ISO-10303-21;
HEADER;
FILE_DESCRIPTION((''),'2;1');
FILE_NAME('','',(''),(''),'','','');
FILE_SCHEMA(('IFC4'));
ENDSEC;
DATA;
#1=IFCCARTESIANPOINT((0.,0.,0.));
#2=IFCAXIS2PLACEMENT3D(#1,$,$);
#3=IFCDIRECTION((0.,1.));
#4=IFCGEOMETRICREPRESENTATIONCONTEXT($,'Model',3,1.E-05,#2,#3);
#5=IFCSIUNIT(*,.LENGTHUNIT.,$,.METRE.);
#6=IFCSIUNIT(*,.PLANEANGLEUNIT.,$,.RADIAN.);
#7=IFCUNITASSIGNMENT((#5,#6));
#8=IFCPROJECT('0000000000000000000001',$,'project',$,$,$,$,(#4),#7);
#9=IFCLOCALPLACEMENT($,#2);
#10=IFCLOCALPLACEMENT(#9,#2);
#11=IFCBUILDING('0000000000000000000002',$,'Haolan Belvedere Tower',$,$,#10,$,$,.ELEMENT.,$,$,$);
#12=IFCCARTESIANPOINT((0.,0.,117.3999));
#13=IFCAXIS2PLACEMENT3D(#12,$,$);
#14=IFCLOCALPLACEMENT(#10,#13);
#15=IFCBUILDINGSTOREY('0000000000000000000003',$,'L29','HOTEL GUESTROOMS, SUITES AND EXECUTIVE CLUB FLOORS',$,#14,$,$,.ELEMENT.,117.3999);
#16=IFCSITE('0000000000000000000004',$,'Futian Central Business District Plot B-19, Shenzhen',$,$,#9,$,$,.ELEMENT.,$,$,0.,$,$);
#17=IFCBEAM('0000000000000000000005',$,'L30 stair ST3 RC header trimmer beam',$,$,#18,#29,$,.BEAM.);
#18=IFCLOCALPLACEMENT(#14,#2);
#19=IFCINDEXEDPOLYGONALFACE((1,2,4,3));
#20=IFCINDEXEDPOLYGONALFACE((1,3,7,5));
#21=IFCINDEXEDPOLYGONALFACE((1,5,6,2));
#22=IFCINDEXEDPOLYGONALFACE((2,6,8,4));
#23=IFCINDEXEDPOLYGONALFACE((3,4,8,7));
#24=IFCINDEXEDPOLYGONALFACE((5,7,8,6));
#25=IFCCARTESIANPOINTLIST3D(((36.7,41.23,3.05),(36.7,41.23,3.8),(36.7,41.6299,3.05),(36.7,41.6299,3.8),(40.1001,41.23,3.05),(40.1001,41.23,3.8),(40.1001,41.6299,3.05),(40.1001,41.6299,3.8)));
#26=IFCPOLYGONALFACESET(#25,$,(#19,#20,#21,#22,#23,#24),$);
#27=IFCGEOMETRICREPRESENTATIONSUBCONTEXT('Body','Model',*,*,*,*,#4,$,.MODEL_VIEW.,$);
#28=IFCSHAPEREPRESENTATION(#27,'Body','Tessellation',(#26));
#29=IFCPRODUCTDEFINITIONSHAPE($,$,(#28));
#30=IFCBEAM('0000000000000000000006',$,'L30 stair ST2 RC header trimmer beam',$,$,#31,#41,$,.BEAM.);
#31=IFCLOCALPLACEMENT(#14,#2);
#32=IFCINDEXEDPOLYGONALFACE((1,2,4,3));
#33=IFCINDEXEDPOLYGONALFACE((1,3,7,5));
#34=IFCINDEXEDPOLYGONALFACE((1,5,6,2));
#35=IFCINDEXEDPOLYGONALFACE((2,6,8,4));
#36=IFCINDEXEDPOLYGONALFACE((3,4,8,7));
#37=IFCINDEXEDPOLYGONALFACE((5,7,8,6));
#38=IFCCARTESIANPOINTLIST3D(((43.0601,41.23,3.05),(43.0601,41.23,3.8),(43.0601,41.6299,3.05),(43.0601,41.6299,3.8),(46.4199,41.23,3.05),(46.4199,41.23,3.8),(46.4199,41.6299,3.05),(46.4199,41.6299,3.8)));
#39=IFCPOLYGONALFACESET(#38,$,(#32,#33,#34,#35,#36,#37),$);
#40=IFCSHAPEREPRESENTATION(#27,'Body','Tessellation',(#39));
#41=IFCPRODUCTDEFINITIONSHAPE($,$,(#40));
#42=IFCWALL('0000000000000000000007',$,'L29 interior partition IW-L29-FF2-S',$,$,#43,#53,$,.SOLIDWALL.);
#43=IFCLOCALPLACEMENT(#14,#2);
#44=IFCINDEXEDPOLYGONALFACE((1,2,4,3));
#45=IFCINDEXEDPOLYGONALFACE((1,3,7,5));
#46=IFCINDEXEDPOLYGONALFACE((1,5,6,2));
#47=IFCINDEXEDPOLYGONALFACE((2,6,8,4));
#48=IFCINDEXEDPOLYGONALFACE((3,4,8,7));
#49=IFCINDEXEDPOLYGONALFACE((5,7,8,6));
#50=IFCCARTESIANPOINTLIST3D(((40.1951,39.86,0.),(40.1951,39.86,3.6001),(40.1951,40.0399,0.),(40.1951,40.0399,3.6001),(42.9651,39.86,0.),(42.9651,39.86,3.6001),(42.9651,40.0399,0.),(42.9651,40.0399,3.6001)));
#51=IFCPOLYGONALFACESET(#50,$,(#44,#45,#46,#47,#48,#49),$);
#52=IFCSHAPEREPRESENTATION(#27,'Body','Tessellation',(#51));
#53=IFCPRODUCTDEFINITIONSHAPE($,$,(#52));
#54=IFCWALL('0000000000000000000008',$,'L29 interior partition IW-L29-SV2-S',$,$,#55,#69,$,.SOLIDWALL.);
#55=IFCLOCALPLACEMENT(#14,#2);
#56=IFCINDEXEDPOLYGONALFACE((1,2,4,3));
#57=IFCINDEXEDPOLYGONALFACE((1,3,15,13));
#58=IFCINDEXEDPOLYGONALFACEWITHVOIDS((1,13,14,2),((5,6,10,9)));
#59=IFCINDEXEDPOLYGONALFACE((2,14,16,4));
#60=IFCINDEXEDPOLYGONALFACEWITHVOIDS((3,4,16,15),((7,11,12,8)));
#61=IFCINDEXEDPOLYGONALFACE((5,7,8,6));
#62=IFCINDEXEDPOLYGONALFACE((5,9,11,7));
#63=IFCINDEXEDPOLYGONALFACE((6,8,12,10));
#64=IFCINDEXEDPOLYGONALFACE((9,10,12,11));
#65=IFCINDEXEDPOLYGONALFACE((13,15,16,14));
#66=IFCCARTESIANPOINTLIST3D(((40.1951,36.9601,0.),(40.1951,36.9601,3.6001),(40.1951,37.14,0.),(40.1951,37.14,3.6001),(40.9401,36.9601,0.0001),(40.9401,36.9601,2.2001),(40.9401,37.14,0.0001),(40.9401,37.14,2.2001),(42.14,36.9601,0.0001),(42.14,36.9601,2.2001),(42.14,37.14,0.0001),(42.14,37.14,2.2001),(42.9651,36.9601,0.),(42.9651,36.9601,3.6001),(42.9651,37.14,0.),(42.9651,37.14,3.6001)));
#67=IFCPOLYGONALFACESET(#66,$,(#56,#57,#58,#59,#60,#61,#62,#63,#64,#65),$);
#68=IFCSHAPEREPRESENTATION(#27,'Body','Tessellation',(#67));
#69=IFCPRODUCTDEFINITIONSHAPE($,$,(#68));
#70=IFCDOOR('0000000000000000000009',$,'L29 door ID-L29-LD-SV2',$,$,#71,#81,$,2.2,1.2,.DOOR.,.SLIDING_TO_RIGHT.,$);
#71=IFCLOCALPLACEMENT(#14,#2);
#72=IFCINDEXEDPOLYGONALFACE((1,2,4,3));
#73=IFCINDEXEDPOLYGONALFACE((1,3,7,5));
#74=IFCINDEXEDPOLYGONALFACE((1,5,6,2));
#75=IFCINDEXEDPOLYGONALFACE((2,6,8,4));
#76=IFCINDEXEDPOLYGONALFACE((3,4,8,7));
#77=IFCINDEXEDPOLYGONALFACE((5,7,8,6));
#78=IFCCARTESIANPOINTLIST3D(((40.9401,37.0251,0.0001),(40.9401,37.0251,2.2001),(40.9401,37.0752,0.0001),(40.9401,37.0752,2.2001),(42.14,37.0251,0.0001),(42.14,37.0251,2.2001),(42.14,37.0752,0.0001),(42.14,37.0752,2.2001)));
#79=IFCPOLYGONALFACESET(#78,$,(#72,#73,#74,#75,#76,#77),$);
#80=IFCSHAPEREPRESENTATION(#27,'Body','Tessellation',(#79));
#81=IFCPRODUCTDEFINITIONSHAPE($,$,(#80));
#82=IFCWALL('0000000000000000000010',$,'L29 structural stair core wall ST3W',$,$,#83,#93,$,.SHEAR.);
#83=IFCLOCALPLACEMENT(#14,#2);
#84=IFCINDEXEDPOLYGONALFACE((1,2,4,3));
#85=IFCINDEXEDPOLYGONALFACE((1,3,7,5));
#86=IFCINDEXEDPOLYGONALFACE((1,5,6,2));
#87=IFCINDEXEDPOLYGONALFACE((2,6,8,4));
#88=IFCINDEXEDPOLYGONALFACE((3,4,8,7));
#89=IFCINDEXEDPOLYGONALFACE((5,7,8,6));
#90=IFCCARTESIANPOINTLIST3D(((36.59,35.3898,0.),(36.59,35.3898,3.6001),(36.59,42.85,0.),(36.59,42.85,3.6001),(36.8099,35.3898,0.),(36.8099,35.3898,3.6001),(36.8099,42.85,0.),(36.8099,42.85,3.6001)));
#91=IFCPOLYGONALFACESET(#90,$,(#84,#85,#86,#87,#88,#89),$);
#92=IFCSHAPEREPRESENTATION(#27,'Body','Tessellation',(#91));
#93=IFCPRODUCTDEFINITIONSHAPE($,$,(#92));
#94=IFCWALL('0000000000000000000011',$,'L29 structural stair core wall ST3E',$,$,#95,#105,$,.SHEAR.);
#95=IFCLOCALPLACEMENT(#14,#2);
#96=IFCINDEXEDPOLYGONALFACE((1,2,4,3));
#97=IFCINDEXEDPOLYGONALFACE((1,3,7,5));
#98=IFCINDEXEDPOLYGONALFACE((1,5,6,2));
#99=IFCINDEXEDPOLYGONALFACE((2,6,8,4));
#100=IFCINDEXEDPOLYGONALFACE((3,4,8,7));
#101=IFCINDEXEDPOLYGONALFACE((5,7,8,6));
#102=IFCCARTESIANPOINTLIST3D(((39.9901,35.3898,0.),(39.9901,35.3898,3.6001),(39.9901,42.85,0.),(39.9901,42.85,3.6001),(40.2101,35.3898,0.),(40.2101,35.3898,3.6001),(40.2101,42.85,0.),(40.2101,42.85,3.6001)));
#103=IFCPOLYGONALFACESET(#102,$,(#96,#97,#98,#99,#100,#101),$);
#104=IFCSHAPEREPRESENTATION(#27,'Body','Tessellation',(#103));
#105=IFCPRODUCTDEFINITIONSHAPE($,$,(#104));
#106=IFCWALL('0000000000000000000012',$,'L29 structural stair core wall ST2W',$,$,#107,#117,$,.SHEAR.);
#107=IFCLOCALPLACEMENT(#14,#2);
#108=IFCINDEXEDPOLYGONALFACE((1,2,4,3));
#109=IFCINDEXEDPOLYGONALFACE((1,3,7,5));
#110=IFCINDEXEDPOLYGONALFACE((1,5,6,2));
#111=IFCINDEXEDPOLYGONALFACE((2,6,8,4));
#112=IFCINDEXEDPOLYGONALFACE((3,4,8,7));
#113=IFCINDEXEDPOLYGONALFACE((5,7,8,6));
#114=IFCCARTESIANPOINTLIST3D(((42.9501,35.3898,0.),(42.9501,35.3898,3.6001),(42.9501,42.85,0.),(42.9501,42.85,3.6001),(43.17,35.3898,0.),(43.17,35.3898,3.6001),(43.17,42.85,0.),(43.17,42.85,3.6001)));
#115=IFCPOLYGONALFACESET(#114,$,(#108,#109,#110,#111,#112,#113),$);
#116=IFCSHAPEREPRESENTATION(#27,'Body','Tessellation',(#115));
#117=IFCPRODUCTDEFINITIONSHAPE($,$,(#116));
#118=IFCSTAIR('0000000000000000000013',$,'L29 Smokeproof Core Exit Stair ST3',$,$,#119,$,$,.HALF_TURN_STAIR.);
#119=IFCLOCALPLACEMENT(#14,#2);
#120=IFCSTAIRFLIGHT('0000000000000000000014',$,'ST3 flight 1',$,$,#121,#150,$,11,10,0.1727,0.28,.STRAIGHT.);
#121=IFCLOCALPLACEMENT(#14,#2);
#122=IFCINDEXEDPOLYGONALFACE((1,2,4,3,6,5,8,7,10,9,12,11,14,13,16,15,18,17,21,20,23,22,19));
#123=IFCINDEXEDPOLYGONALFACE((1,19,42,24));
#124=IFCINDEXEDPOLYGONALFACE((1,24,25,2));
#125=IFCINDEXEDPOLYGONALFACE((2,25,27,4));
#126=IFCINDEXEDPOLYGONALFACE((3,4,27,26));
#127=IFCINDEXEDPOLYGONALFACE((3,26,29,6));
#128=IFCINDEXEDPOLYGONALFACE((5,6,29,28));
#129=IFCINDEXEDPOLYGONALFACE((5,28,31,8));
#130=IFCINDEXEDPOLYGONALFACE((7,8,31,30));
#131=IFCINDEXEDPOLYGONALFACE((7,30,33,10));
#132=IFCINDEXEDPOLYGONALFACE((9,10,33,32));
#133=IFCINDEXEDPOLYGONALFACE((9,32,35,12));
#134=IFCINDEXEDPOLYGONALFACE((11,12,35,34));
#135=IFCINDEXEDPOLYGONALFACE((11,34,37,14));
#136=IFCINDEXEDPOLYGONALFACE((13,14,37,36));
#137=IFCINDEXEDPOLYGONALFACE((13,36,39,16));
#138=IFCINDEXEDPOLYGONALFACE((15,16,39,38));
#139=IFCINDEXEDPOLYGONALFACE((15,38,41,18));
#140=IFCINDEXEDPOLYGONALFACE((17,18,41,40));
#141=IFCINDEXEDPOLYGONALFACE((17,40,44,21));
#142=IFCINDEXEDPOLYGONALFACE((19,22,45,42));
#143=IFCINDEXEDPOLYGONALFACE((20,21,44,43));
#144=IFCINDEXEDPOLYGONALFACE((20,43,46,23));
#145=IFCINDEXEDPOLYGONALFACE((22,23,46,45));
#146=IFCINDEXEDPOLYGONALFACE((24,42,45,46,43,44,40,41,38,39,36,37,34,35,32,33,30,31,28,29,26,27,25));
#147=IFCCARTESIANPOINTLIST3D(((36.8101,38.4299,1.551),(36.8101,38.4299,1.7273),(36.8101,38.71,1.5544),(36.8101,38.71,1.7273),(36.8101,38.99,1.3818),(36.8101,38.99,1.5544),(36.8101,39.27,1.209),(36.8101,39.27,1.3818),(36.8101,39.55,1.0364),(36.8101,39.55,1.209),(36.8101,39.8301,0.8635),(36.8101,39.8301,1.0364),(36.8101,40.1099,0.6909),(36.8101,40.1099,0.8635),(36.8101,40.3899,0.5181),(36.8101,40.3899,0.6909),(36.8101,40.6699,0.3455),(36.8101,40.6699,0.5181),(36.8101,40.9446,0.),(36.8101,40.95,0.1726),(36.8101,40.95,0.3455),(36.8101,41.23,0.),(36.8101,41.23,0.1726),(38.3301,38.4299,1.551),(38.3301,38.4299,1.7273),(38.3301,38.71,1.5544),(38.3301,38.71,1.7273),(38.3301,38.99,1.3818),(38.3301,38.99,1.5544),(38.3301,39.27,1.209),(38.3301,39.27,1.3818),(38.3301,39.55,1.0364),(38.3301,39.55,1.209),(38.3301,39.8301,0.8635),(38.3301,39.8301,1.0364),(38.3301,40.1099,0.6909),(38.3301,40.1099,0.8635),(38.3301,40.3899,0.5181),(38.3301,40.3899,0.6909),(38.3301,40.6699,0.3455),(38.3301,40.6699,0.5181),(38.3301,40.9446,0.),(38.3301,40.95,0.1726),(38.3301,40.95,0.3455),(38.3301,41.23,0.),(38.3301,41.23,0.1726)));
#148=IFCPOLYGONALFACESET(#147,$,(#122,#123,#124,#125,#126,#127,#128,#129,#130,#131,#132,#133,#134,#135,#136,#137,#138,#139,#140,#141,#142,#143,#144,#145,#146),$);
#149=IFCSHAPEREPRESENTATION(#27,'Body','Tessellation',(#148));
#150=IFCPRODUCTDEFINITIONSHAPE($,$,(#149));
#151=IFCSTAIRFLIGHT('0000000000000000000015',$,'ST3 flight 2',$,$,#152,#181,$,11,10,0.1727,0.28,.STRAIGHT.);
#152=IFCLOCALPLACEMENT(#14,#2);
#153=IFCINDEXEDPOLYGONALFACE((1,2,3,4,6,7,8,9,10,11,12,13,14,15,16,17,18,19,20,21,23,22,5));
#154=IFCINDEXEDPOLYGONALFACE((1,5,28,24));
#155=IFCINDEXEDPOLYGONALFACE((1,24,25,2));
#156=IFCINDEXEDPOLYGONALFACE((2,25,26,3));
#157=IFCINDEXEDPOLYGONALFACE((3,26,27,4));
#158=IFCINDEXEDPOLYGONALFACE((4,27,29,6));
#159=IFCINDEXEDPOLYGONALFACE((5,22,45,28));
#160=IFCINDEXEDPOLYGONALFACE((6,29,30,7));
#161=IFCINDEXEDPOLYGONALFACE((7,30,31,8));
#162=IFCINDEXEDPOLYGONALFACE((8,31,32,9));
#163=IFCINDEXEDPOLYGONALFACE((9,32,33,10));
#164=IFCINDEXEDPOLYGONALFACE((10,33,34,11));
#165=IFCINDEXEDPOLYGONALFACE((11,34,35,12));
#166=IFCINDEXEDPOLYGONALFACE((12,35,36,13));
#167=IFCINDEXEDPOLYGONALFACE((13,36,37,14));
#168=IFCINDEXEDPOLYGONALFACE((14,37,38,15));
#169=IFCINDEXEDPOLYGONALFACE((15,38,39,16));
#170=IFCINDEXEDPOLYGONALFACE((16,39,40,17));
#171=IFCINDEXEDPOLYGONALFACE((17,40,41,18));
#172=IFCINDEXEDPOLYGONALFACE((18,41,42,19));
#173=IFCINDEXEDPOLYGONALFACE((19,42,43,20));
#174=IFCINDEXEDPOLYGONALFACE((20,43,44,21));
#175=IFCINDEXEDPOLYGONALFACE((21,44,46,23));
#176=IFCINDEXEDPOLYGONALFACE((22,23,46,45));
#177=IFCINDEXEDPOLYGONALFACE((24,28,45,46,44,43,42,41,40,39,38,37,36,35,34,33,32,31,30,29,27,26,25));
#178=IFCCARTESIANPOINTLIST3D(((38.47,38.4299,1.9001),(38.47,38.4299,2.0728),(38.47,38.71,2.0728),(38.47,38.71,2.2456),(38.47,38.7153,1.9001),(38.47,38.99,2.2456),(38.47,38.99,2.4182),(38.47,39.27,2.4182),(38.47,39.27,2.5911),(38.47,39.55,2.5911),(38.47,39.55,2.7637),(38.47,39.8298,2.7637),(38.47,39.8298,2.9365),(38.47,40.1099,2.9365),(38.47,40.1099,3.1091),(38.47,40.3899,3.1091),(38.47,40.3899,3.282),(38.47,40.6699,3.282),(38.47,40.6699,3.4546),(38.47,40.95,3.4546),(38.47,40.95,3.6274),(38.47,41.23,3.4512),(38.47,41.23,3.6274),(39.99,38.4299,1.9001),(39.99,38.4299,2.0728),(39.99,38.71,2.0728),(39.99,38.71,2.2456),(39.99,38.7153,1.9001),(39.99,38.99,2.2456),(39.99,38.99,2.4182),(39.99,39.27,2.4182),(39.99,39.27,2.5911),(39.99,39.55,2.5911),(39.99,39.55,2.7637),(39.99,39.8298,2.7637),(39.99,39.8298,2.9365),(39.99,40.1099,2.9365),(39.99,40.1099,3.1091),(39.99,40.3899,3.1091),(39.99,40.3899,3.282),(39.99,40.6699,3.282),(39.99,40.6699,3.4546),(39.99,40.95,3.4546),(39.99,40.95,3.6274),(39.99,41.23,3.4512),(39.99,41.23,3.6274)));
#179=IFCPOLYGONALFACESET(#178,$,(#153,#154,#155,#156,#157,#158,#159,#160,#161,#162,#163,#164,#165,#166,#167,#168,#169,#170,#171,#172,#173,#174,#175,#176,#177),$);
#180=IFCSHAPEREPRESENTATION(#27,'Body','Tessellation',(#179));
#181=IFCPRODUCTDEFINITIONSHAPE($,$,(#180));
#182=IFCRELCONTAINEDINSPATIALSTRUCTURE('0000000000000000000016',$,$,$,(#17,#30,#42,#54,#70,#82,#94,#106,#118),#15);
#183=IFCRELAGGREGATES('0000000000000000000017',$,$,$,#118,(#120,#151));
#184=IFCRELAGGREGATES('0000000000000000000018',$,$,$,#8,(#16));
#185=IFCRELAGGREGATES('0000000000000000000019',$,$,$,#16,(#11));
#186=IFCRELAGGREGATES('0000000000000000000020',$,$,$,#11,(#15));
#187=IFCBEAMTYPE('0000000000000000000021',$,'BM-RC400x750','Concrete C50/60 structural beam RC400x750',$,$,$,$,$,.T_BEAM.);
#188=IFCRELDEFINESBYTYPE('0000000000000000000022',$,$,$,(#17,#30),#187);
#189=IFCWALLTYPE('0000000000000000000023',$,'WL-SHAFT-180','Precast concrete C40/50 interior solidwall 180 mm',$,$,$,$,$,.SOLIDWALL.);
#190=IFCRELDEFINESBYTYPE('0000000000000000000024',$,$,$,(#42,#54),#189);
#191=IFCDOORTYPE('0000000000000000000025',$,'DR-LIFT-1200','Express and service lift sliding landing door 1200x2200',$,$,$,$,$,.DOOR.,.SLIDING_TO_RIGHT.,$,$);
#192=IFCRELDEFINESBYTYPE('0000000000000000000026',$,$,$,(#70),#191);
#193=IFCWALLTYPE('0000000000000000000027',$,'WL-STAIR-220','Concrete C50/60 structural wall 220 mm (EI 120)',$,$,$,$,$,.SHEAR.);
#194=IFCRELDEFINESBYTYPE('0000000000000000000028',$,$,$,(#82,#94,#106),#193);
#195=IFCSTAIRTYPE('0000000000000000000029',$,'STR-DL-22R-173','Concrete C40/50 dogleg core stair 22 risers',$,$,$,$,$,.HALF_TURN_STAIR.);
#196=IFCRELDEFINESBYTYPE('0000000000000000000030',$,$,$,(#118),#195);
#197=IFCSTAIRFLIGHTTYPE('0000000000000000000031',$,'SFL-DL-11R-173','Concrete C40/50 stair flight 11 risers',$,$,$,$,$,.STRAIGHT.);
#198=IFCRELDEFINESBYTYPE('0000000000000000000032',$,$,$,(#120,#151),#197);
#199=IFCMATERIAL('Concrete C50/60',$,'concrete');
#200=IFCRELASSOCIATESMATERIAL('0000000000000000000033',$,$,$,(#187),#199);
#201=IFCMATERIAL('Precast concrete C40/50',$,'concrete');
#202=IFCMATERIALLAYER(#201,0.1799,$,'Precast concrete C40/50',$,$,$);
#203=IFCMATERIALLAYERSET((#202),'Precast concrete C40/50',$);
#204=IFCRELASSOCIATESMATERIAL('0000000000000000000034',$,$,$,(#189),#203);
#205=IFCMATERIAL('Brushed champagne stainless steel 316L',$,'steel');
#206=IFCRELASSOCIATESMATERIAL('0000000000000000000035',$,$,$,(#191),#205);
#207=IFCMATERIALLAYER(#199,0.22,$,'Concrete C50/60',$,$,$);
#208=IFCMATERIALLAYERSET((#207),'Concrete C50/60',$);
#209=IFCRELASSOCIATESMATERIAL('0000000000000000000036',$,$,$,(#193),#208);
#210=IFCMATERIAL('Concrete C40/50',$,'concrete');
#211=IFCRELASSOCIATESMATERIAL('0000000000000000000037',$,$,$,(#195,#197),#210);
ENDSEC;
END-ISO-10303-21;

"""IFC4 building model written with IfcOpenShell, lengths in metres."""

from ifc_helpers import new_model, si_unit, direction, frame, frame_2d, origin, origin_2d, place, context, subcontext, project, spatial, polyline, rectangle, outline, extrude, material, layer, layer_set, material_profile, profile_set, type_object, element, fill, aggregate, save


model = new_model("IFC4")

# Units and contexts
model_context = context("Model", 3, precision=1e-05, world=origin(), true_north=direction((0.0, 1.0)))
body_context = subcontext(model_context, "Body", "Model", "MODEL_VIEW")
ifc_project = project(units=[si_unit("LENGTHUNIT", "METRE"), si_unit("PLANEANGLEUNIT", "RADIAN")], contexts=[model_context])

# Site, building, storey
site_placement = place(None, origin())
site = spatial("IfcSite", under=ifc_project, at=site_placement, Name="Futian Central Business District Plot B-19, Shenzhen", CompositionType="ELEMENT", RefElevation=0.0)
building_placement = place(site_placement, origin())
building = spatial("IfcBuilding", under=site, at=building_placement, Name="Haolan Belvedere Tower", CompositionType="ELEMENT")
storey_placement = place(building_placement, frame((0.0, 0.0, 117.3999)))
storey = spatial("IfcBuildingStorey", under=building, at=storey_placement, Name="L29", Description="HOTEL GUESTROOMS, SUITES AND EXECUTIVE CLUB FLOORS", CompositionType="ELEMENT", Elevation=117.3999)

# Beams
ifc_material_1 = material(Name="Concrete C50/60", Category="concrete")
ifc_material_profile = material_profile(ifc_material_1, rectangle(XDim=0.3999, YDim=0.75, at=origin_2d()), Name="Concrete C50/60")
ifc_profile_set = profile_set([ifc_material_profile], Name="Concrete C50/60")
beam_type = type_object("IfcBeamType", Name="BM-RC400x750", Description="Concrete C50/60 structural beam RC400x750", PredefinedType="T_BEAM", material=ifc_profile_set)
beam_1_placement = place(storey_placement, frame((36.7, 41.4299, 3.425), z_axis=(1.0, 0.0, 0.0), x_axis=(0.0, 1.0, 0.0)))
element("IfcBeam", 1, at=beam_1_placement, inside=storey, type_object=beam_type, Name="L30 stair ST3 RC header trimmer beam", PredefinedType="BEAM", context=body_context, shape_type="SweptSolid", body=[
    extrude(rectangle(XDim=0.3999, YDim=0.75, at=origin_2d()), origin(), (0.0, 0.0, 1.0), 3.4001),
])
beam_2_placement = place(storey_placement, frame((43.0601, 41.4299, 3.425), z_axis=(1.0, 0.0, 0.0), x_axis=(0.0, 1.0, 0.0)))
element("IfcBeam", 2, at=beam_2_placement, inside=storey, type_object=beam_type, Name="L30 stair ST2 RC header trimmer beam", PredefinedType="BEAM", context=body_context, shape_type="SweptSolid", body=[
    extrude(rectangle(XDim=0.3999, YDim=0.75, at=origin_2d()), origin(), (0.0, 0.0, 1.0), 3.3599),
])

# Wall
ifc_material_2 = material(Name="Precast concrete C40/50", Category="concrete")
ifc_layer_1 = layer(ifc_material_2, 0.1799, Name="Precast concrete C40/50")
ifc_layer_set_1 = layer_set([ifc_layer_1], Name="Precast concrete C40/50")
wall_type_1 = type_object("IfcWallType", Name="WL-SHAFT-180", Description="Precast concrete C40/50 interior solidwall 180 mm", PredefinedType="SOLIDWALL", material=ifc_layer_set_1)
wall_1_placement = place(storey_placement, frame((40.1951, 39.95, 0.0), z_axis=(0.0, 0.0, 1.0), x_axis=(1.0, 0.0, 0.0)))
element("IfcWall", 3, at=wall_1_placement, inside=storey, type_object=wall_type_1, Name="L29 interior partition IW-L29-FF2-S", PredefinedType="SOLIDWALL", context=body_context, shape_type="SweptSolid", body=[
    extrude(rectangle(XDim=2.77, YDim=0.1799, at=frame_2d((1.385, 0.0))), origin(), (0.0, 0.0, 1.0), 3.6001),
])

# Wall, opening, door
wall_2_placement = place(storey_placement, frame((40.1951, 37.05, 0.0), z_axis=(0.0, 0.0, 1.0), x_axis=(1.0, 0.0, 0.0)))
wall_2 = element("IfcWall", 4, at=wall_2_placement, inside=storey, type_object=wall_type_1, Name="L29 interior partition IW-L29-SV2-S", PredefinedType="SOLIDWALL", context=body_context, shape_type="SweptSolid", body=[
    extrude(rectangle(XDim=2.77, YDim=0.1799, at=frame_2d((1.385, 0.0))), origin(), (0.0, 0.0, 1.0), 3.6001),
])
opening_placement = place(wall_2_placement, frame((1.9451, 0.0, 0.0), z_axis=(0.0, 0.0, 1.0), x_axis=(-1.0, 0.0, 0.0)))
opening = element("IfcOpeningElement", 5, at=opening_placement, cuts=wall_2, PredefinedType="OPENING", context=body_context, shape_type="SweptSolid", body=[
    extrude(rectangle(XDim=1.2, YDim=2.2, at=frame_2d((0.6001, 1.1001))), frame((0.0, 0.0999, 0.0), z_axis=(0.0, -1.0, 0.0), x_axis=(1.0, 0.0, 0.0)), (0.0, 0.0, 1.0), 0.2),
])
ifc_material_3 = material(Name="Brushed champagne stainless steel 316L", Category="steel")
door_type = type_object("IfcDoorType", Name="DR-LIFT-1200", Description="Express and service lift sliding landing door 1200x2200", OperationType="SLIDING_TO_RIGHT", PredefinedType="DOOR", material=ifc_material_3)
door_placement = place(opening_placement, origin())
door = element("IfcDoor", 6, at=door_placement, inside=storey, type_object=door_type, Name="L29 door ID-L29-LD-SV2", OperationType="SLIDING_TO_RIGHT", OverallHeight=2.2, OverallWidth=1.2, PredefinedType="DOOR", context=body_context, shape_type="SweptSolid", body=[
    extrude(rectangle(XDim=1.2, YDim=2.2, at=frame_2d((0.6001, 1.1001))), frame((0.0, 0.0249, 0.0), z_axis=(0.0, -1.0, 0.0), x_axis=(1.0, 0.0, 0.0)), (0.0, 0.0, 1.0), 0.05),
])
fill(opening, door)

# Walls
ifc_layer_2 = layer(ifc_material_1, 0.22, Name="Concrete C50/60")
ifc_layer_set_2 = layer_set([ifc_layer_2], Name="Concrete C50/60")
wall_type_2 = type_object("IfcWallType", Name="WL-STAIR-220", Description="Concrete C50/60 structural wall 220 mm (EI 120)", PredefinedType="SHEAR", material=ifc_layer_set_2)
for number, where, z_axis, x_axis, name in (
    (7, (36.7, 35.3899, 0.0), (0.0, 0.0, 1.0), (0.0, 1.0, 0.0), "L29 structural stair core wall ST3W"),
    (8, (40.1001, 35.3899, 0.0), (0.0, 0.0, 1.0), (0.0, 1.0, 0.0), "L29 structural stair core wall ST3E"),
    (9, (43.0601, 35.3899, 0.0), (0.0, 0.0, 1.0), (0.0, 1.0, 0.0), "L29 structural stair core wall ST2W"),
):
    element("IfcWall", number, at=place(storey_placement, frame(where, z_axis=z_axis, x_axis=x_axis)), inside=storey, type_object=wall_type_2, Name=name, PredefinedType="SHEAR", context=body_context, shape_type="SweptSolid", body=[
        extrude(rectangle(XDim=7.4602, YDim=0.22, at=frame_2d((3.73, 0.0))), origin(), (0.0, 0.0, 1.0), 3.6001),
    ])

# Stair, stair flights
ifc_material_4 = material(Name="Concrete C40/50", Category="concrete")
stair_type = type_object("IfcStairType", Name="STR-DL-22R-173", Description="Concrete C40/50 dogleg core stair 22 risers", PredefinedType="HALF_TURN_STAIR", material=ifc_material_4)
stair_1_placement = place(storey_placement, origin())
stair_1 = element("IfcStair", 10, at=stair_1_placement, inside=storey, type_object=stair_type, Name="L29 Smokeproof Core Exit Stair ST3", PredefinedType="HALF_TURN_STAIR")
stair_flight_type = type_object("IfcStairFlightType", Name="SFL-DL-11R-173", Description="Concrete C40/50 stair flight 11 risers", PredefinedType="STRAIGHT", material=ifc_material_4)
stair_flight_1_placement = place(storey_placement, frame((37.5701, 41.23, 0.0), z_axis=(0.0, 0.0, 1.0), x_axis=(0.0, -1.0, 0.0)))
stair_flight_1 = element("IfcStairFlight", 11, at=stair_flight_1_placement, type_object=stair_flight_type, Name="ST3 flight 1", NumberOfRisers=11, NumberOfTreads=10, PredefinedType="STRAIGHT", RiserHeight=0.1727, TreadLength=0.28, context=body_context, shape_type="SweptSolid", body=[
    extrude(outline(polyline([(0.0, 0.0), (0.0, 0.1726), (0.28, 0.1726), (0.28, 0.3455), (0.5601, 0.3455), (0.5601, 0.5181), (0.8401, 0.5181), (0.8401, 0.6909), (1.1201, 0.6909), (1.1201, 0.8635), (1.3999, 0.8635), (1.3999, 1.0364), (1.6799, 1.0364), (1.6799, 1.209), (1.96, 1.209), (1.96, 1.3818), (2.24, 1.3818), (2.24, 1.5544), (2.52, 1.5544), (2.52, 1.7273), (2.8, 1.7273), (2.8, 1.8999), (2.8, 1.551), (0.2854, 0.0), (0.0, 0.0)])), frame((0.0, 0.76, 0.0), z_axis=(0.0, -1.0, 0.0), x_axis=(1.0, 0.0, 0.0)), (0.0, 0.0, 1.0), 1.52),
])
stair_flight_2_placement = place(storey_placement, frame((39.23, 38.4299, 1.9001), z_axis=(0.0, 0.0, 1.0), x_axis=(0.0, 1.0, 0.0)))
stair_flight_2 = element("IfcStairFlight", 12, at=stair_flight_2_placement, type_object=stair_flight_type, Name="ST3 flight 2", NumberOfRisers=11, NumberOfTreads=10, PredefinedType="STRAIGHT", RiserHeight=0.1727, TreadLength=0.28, context=body_context, shape_type="SweptSolid", body=[
    extrude(outline(polyline([(0.0, 0.0), (0.0, 0.1726), (0.28, 0.1726), (0.28, 0.3455), (0.5601, 0.3455), (0.5601, 0.5181), (0.8401, 0.5181), (0.8401, 0.6909), (1.1201, 0.6909), (1.1201, 0.8635), (1.3999, 0.8635), (1.3999, 1.0364), (1.6799, 1.0364), (1.6799, 1.209), (1.96, 1.209), (1.96, 1.3818), (2.24, 1.3818), (2.24, 1.5544), (2.52, 1.5544), (2.52, 1.7273), (2.8, 1.7273), (2.8, 1.8999), (2.8, 1.551), (0.2854, 0.0), (0.0, 0.0)])), frame((0.0, 0.76, 0.0), z_axis=(0.0, -1.0, 0.0), x_axis=(1.0, 0.0, 0.0)), (0.0, 0.0, 1.0), 1.52),
])
aggregate(stair_1, [stair_flight_1, stair_flight_2])

save(model, "model.ifc")
